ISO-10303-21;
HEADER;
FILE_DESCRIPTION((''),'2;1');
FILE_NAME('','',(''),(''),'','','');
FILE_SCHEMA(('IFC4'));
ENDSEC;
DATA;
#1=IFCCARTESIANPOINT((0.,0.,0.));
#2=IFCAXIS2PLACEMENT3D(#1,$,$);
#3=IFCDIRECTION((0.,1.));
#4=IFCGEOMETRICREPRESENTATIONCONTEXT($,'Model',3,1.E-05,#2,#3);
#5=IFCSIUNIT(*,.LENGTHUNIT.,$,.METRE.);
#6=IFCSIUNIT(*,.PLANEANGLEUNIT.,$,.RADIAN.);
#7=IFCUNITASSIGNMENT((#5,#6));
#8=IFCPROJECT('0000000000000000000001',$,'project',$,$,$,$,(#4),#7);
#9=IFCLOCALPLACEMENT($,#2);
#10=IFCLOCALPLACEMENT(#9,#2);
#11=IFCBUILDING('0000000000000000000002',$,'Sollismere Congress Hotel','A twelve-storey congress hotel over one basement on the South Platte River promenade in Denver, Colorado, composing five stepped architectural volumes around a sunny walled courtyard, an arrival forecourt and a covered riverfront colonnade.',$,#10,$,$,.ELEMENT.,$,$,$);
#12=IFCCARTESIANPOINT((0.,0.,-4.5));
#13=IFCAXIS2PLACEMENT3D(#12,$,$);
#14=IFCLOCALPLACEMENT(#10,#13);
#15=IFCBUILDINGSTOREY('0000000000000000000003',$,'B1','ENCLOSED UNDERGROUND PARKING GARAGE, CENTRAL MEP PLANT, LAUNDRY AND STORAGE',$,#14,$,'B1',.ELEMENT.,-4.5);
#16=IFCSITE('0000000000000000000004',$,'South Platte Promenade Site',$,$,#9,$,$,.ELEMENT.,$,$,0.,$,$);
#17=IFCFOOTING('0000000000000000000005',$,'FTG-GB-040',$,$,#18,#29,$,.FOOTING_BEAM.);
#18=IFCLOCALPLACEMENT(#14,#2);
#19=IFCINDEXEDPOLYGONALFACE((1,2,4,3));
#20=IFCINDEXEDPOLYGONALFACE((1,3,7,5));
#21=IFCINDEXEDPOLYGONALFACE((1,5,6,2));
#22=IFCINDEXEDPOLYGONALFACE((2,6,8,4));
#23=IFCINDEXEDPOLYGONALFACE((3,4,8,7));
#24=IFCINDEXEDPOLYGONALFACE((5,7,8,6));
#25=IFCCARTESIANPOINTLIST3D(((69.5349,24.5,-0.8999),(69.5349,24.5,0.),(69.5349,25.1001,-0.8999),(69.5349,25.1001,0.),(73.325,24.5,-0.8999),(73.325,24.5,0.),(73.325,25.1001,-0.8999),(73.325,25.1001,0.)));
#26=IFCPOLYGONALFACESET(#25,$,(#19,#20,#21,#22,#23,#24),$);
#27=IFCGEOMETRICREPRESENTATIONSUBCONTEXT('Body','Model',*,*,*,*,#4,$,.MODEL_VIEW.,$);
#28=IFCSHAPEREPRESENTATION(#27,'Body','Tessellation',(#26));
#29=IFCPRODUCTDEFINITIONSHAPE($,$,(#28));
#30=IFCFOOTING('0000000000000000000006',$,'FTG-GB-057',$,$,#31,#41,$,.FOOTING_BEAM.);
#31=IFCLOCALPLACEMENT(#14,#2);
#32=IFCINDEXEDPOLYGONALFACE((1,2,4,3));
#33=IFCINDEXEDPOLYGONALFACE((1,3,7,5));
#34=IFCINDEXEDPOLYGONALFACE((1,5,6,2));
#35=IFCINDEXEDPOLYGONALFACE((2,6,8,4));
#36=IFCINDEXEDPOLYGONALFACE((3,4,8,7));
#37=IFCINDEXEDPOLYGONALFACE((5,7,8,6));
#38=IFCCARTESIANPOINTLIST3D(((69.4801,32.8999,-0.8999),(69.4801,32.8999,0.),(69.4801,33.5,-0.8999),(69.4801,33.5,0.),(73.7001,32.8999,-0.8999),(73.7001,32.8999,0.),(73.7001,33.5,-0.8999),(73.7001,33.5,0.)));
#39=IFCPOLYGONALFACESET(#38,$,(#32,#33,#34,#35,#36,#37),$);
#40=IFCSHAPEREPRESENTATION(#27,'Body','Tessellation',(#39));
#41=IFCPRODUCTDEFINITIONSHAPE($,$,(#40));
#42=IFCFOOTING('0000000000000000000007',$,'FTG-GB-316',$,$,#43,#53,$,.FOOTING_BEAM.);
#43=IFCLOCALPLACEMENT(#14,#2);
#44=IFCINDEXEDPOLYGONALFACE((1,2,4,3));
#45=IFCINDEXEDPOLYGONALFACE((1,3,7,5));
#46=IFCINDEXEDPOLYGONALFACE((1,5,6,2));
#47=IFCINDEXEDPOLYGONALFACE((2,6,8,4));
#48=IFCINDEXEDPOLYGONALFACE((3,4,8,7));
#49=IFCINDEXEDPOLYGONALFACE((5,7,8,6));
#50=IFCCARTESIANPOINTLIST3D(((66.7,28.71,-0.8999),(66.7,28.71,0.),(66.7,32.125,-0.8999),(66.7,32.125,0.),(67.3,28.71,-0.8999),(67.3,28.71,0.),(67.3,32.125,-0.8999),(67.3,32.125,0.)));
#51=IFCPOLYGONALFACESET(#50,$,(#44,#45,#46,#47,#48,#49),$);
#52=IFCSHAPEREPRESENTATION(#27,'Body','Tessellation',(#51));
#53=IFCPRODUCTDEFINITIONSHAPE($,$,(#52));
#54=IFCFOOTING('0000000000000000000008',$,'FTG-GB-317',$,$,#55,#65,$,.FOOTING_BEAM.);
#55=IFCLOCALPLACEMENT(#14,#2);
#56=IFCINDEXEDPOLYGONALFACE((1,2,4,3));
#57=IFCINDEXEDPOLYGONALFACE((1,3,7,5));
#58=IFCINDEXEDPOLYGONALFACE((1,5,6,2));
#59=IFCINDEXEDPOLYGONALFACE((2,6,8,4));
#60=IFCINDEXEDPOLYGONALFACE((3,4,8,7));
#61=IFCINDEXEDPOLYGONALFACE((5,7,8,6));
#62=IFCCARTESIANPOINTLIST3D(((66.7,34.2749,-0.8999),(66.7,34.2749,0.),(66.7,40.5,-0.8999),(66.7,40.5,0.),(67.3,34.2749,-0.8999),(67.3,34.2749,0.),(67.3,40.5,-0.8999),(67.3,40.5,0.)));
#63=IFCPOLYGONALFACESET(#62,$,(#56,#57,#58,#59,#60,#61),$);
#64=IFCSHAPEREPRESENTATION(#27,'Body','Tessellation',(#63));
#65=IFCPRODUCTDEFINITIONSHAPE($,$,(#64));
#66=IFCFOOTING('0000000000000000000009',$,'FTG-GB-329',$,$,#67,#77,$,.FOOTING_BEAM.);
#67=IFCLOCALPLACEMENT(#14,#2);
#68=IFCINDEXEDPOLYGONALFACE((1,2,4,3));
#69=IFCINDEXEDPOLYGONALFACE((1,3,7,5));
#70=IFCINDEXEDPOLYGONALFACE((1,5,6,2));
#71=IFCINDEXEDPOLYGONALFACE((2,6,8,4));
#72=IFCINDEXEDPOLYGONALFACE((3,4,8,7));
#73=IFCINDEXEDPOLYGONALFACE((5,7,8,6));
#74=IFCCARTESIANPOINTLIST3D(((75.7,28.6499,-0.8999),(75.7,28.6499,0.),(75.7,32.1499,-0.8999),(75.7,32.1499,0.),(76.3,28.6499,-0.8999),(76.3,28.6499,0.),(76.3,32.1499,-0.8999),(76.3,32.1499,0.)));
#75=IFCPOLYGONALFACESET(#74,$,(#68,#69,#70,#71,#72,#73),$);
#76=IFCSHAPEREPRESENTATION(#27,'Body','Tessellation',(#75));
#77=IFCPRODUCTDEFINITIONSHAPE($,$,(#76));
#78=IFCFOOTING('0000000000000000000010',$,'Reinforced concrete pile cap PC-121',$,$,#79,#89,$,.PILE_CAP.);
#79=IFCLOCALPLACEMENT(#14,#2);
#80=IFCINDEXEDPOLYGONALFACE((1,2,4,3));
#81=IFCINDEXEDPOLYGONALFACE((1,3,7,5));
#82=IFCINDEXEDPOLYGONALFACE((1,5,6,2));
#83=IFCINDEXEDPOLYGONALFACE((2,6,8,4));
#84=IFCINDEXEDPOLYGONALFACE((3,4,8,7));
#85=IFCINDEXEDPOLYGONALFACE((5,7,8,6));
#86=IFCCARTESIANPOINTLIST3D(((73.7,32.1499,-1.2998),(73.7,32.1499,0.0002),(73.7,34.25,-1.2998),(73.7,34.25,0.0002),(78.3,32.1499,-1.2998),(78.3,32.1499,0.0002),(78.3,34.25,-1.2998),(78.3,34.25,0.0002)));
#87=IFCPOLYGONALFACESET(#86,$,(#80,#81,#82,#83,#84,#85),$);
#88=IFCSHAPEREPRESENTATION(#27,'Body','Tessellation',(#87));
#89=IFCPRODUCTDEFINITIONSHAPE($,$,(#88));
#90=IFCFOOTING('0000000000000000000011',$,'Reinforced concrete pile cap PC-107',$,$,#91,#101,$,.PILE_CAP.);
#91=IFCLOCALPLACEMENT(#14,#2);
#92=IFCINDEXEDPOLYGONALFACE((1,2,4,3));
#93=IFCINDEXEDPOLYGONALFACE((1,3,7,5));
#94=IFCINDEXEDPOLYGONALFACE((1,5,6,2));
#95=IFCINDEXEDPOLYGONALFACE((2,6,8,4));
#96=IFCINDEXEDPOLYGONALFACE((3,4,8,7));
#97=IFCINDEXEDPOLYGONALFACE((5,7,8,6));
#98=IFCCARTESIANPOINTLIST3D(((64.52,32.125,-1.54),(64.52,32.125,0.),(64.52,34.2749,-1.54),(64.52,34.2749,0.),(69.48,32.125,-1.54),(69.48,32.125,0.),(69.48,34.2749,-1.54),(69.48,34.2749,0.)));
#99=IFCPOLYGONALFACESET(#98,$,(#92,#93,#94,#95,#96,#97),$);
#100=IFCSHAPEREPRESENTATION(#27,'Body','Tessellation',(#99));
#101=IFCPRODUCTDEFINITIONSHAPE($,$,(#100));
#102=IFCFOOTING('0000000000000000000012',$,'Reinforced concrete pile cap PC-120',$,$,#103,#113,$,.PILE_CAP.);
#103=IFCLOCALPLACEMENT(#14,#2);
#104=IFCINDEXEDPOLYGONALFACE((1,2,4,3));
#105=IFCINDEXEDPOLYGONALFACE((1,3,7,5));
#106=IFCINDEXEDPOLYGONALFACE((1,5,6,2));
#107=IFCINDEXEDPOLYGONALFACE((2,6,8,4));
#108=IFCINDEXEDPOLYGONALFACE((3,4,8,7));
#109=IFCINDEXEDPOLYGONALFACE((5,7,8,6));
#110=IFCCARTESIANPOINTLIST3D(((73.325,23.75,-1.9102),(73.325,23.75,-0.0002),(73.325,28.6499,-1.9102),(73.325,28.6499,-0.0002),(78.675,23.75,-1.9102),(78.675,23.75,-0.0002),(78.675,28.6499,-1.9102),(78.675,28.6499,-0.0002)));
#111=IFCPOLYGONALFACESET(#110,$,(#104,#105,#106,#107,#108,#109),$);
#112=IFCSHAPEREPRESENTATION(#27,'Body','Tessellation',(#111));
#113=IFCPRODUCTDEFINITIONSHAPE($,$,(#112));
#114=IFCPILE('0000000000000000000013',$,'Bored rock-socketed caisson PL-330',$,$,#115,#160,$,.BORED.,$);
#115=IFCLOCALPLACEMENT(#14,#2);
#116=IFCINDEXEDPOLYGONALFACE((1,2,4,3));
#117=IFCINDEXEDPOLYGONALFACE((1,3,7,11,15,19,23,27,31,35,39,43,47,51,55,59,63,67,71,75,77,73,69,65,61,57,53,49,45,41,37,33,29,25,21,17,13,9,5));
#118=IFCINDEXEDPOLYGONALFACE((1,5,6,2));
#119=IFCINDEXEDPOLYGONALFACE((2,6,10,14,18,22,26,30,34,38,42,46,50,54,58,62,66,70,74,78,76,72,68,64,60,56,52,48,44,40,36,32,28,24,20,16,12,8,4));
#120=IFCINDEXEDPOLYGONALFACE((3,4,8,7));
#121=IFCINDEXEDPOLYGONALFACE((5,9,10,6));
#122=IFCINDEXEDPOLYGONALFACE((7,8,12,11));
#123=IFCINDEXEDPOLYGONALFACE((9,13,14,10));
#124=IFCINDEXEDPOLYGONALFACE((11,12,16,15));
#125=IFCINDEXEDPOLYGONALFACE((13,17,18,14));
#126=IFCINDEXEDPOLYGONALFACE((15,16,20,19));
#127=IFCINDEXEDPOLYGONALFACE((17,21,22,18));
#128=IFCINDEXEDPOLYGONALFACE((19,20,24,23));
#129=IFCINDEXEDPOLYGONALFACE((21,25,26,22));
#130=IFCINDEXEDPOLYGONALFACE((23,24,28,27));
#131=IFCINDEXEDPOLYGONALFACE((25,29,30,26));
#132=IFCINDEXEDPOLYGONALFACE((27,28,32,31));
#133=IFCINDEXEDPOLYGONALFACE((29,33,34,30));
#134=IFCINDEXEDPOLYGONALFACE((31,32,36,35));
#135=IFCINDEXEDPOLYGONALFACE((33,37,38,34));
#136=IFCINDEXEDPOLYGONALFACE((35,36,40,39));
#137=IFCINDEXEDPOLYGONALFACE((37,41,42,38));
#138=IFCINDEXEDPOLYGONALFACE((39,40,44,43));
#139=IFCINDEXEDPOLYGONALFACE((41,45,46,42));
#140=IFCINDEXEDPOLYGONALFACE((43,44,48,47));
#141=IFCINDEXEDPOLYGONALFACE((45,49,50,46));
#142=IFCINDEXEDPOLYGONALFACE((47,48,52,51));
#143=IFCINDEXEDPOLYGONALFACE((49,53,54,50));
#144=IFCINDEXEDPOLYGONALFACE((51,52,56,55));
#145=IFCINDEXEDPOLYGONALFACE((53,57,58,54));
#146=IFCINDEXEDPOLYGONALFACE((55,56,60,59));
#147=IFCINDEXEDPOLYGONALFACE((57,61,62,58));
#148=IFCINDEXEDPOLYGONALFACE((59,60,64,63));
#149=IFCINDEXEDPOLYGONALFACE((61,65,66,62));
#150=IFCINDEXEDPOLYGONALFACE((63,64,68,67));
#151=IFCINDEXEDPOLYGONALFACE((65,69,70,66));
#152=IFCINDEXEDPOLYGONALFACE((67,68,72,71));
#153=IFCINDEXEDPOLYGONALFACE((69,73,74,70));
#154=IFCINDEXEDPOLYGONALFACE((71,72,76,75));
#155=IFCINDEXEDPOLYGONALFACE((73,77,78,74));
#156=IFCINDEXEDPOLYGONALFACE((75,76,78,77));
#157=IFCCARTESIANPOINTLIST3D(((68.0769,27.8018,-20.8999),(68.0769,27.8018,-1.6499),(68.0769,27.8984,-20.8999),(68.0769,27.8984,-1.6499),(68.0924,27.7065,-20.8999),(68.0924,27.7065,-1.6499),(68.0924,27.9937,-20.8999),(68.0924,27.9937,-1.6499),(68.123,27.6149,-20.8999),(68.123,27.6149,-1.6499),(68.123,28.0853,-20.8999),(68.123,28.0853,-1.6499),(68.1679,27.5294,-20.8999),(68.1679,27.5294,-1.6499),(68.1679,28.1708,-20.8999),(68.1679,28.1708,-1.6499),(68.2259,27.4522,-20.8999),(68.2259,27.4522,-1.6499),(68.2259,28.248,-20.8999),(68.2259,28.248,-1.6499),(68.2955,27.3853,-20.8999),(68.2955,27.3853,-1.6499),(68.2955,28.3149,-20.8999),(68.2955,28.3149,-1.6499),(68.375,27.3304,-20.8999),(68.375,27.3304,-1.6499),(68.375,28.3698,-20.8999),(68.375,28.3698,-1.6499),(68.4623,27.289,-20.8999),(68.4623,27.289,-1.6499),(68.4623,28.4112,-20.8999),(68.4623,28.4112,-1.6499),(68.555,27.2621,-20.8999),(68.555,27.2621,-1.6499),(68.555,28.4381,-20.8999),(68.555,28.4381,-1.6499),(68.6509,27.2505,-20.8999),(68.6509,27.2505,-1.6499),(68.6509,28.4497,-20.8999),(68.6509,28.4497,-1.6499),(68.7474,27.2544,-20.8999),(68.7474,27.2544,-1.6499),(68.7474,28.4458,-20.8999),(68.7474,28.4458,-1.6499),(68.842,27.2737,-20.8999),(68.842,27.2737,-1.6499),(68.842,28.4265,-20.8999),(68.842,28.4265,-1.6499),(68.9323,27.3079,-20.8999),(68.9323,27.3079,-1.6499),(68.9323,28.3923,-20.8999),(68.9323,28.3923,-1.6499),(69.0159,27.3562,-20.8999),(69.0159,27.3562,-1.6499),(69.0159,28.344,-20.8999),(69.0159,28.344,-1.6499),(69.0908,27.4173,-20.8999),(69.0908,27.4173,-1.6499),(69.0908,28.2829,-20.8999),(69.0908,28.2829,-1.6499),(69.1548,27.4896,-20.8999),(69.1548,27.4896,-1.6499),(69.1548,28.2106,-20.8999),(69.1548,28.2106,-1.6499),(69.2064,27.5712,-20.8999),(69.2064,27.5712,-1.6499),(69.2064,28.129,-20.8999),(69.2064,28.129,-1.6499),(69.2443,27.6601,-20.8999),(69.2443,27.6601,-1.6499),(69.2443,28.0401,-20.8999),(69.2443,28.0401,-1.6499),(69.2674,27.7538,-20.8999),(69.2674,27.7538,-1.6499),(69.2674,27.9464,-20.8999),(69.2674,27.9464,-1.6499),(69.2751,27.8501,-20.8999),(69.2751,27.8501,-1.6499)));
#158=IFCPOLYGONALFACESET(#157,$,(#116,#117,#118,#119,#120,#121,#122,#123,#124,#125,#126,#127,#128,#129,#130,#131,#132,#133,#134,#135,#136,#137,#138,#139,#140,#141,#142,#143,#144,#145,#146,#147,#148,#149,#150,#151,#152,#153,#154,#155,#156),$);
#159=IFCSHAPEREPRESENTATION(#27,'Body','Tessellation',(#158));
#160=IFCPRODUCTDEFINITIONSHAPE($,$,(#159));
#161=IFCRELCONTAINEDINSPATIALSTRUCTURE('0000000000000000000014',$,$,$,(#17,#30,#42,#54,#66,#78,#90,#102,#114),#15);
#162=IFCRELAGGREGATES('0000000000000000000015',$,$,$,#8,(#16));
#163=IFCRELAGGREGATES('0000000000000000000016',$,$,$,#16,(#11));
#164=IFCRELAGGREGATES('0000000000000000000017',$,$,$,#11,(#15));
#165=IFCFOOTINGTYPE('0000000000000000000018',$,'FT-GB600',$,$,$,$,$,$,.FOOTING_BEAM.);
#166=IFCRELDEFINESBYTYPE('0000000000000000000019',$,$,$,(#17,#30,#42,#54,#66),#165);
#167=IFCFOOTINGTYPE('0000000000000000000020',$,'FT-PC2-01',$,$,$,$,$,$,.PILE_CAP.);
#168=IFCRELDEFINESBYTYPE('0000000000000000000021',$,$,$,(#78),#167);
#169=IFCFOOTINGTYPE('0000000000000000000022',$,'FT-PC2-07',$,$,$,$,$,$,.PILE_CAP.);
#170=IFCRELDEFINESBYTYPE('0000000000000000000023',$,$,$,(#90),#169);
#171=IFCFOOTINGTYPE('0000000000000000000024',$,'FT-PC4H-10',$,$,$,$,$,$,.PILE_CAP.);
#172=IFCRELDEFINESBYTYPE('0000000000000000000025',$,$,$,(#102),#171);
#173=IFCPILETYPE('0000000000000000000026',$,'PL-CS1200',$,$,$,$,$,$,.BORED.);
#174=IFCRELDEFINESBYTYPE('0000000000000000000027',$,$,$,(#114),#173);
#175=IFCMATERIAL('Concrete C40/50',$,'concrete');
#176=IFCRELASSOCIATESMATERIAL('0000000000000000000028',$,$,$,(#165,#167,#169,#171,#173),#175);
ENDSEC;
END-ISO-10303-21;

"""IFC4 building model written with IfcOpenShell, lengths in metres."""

from ifc_helpers import new_model, si_unit, direction, frame, origin, origin_2d, place, context, subcontext, project, spatial, rectangle, circle, extrude, material, material_profile, profile_set, type_object, element, save


model = new_model("IFC4")

# Units and contexts
model_context = context("Model", 3, precision=1e-05, world=origin(), true_north=direction((0.0, 1.0)))
body_context = subcontext(model_context, "Body", "Model", "MODEL_VIEW")
ifc_project = project(units=[si_unit("LENGTHUNIT", "METRE"), si_unit("PLANEANGLEUNIT", "RADIAN")], contexts=[model_context])

# Site, building, storey
site_placement = place(None, origin())
site = spatial("IfcSite", under=ifc_project, at=site_placement, Name="South Platte Promenade Site", CompositionType="ELEMENT", RefElevation=0.0)
building_placement = place(site_placement, origin())
building = spatial("IfcBuilding", under=site, at=building_placement, Name="Sollismere Congress Hotel", Description="A twelve-storey congress hotel over one basement on the South Platte River promenade in Denver, Colorado, composing five stepped architectural volumes around a sunny walled courtyard, an arrival forecourt and a covered riverfront colonnade.", CompositionType="ELEMENT")
storey_placement = place(building_placement, frame((0.0, 0.0, -4.5)))
storey = spatial("IfcBuildingStorey", under=building, at=storey_placement, Name="B1", Description="ENCLOSED UNDERGROUND PARKING GARAGE, CENTRAL MEP PLANT, LAUNDRY AND STORAGE", LongName="B1", CompositionType="ELEMENT", Elevation=-4.5)

# Footings
ifc_material_1 = material(Name="Concrete C40/50", Category="concrete")
footing_type_1 = type_object("IfcFootingType", Name="FT-GB600", PredefinedType="FOOTING_BEAM", material=ifc_material_1)
footing_1_placement = place(storey_placement, frame((71.4299, 24.8, -0.8999), z_axis=(0.0, 0.0, 1.0), x_axis=(1.0, 0.0, 0.0)))
element("IfcFooting", 1, at=footing_1_placement, inside=storey, type_object=footing_type_1, Name="FTG-GB-040", PredefinedType="FOOTING_BEAM", context=body_context, shape_type="SweptSolid", body=[
    extrude(rectangle(XDim=3.79, YDim=0.6001, at=origin_2d()), origin(), (0.0, 0.0, 1.0), 0.8999),
])
footing_2_placement = place(storey_placement, frame((71.5901, 33.2, -0.8999), z_axis=(0.0, 0.0, 1.0), x_axis=(1.0, 0.0, 0.0)))
element("IfcFooting", 2, at=footing_2_placement, inside=storey, type_object=footing_type_1, Name="FTG-GB-057", PredefinedType="FOOTING_BEAM", context=body_context, shape_type="SweptSolid", body=[
    extrude(rectangle(XDim=4.22, YDim=0.6001, at=origin_2d()), origin(), (0.0, 0.0, 1.0), 0.8999),
])
footing_3_placement = place(storey_placement, frame((67.0, 30.4175, -0.8999), z_axis=(0.0, 0.0, 1.0), x_axis=(0.0, 1.0, 0.0)))
element("IfcFooting", 3, at=footing_3_placement, inside=storey, type_object=footing_type_1, Name="FTG-GB-316", PredefinedType="FOOTING_BEAM", context=body_context, shape_type="SweptSolid", body=[
    extrude(rectangle(XDim=3.415, YDim=0.6001, at=origin_2d()), origin(), (0.0, 0.0, 1.0), 0.8999),
])
footing_4_placement = place(storey_placement, frame((67.0, 37.3875, -0.8999), z_axis=(0.0, 0.0, 1.0), x_axis=(0.0, 1.0, 0.0)))
element("IfcFooting", 4, at=footing_4_placement, inside=storey, type_object=footing_type_1, Name="FTG-GB-317", PredefinedType="FOOTING_BEAM", context=body_context, shape_type="SweptSolid", body=[
    extrude(rectangle(XDim=6.2251, YDim=0.6001, at=origin_2d()), origin(), (0.0, 0.0, 1.0), 0.8999),
])
footing_5_placement = place(storey_placement, frame((76.0, 30.3999, -0.8999), z_axis=(0.0, 0.0, 1.0), x_axis=(0.0, 1.0, 0.0)))
element("IfcFooting", 5, at=footing_5_placement, inside=storey, type_object=footing_type_1, Name="FTG-GB-329", PredefinedType="FOOTING_BEAM", context=body_context, shape_type="SweptSolid", body=[
    extrude(rectangle(XDim=3.5, YDim=0.6001, at=origin_2d()), origin(), (0.0, 0.0, 1.0), 0.8999),
])
footing_type_2 = type_object("IfcFootingType", Name="FT-PC2-01", PredefinedType="PILE_CAP", material=ifc_material_1)
footing_6_placement = place(storey_placement, frame((76.0, 33.2, -1.2998), z_axis=(0.0, 0.0, 1.0), x_axis=(1.0, 0.0, 0.0)))
element("IfcFooting", 6, at=footing_6_placement, inside=storey, type_object=footing_type_2, Name="Reinforced concrete pile cap PC-121", PredefinedType="PILE_CAP", context=body_context, shape_type="SweptSolid", body=[
    extrude(rectangle(XDim=4.6001, YDim=2.1001, at=origin_2d()), origin(), (0.0, 0.0, 1.0), 1.3),
])
footing_type_3 = type_object("IfcFootingType", Name="FT-PC2-07", PredefinedType="PILE_CAP", material=ifc_material_1)
footing_7_placement = place(storey_placement, frame((67.0, 33.2, -1.54), z_axis=(0.0, 0.0, 1.0), x_axis=(1.0, 0.0, 0.0)))
element("IfcFooting", 7, at=footing_7_placement, inside=storey, type_object=footing_type_3, Name="Reinforced concrete pile cap PC-107", PredefinedType="PILE_CAP", context=body_context, shape_type="SweptSolid", body=[
    extrude(rectangle(XDim=4.96, YDim=2.1499, at=origin_2d()), origin(), (0.0, 0.0, 1.0), 1.54),
])
footing_type_4 = type_object("IfcFootingType", Name="FT-PC4H-10", PredefinedType="PILE_CAP", material=ifc_material_1)
footing_8_placement = place(storey_placement, frame((76.0, 26.2, -1.9102), z_axis=(0.0, 0.0, 1.0), x_axis=(1.0, 0.0, 0.0)))
element("IfcFooting", 8, at=footing_8_placement, inside=storey, type_object=footing_type_4, Name="Reinforced concrete pile cap PC-120", PredefinedType="PILE_CAP", context=body_context, shape_type="SweptSolid", body=[
    extrude(rectangle(XDim=5.3501, YDim=4.8999, at=origin_2d()), origin(), (0.0, 0.0, 1.0), 1.9099),
])

# Pile
ifc_material_profile_1 = material_profile(ifc_material_1, circle(Radius=0.6001, at=origin_2d()), Name="CAISSON1200")
ifc_profile_set_1 = profile_set([ifc_material_profile_1], Name="Concrete C40/50")
pile_type = type_object("IfcPileType", Name="PL-CS1200", PredefinedType="BORED", material=ifc_profile_set_1)
pile_1_placement = place(storey_placement, frame((68.675, 27.8501, -1.6499), z_axis=(0.0, 0.0, -1.0), x_axis=(1.0, 0.0, 0.0)))
element("IfcPile", 9, at=pile_1_placement, inside=storey, type_object=pile_type, Name="Bored rock-socketed caisson PL-330", PredefinedType="BORED", context=body_context, shape_type="SweptSolid", body=[
    extrude(circle(Radius=0.6001, at=origin_2d()), origin(), (0.0, 0.0, 1.0), 19.25),
])

save(model, "model.ifc")
